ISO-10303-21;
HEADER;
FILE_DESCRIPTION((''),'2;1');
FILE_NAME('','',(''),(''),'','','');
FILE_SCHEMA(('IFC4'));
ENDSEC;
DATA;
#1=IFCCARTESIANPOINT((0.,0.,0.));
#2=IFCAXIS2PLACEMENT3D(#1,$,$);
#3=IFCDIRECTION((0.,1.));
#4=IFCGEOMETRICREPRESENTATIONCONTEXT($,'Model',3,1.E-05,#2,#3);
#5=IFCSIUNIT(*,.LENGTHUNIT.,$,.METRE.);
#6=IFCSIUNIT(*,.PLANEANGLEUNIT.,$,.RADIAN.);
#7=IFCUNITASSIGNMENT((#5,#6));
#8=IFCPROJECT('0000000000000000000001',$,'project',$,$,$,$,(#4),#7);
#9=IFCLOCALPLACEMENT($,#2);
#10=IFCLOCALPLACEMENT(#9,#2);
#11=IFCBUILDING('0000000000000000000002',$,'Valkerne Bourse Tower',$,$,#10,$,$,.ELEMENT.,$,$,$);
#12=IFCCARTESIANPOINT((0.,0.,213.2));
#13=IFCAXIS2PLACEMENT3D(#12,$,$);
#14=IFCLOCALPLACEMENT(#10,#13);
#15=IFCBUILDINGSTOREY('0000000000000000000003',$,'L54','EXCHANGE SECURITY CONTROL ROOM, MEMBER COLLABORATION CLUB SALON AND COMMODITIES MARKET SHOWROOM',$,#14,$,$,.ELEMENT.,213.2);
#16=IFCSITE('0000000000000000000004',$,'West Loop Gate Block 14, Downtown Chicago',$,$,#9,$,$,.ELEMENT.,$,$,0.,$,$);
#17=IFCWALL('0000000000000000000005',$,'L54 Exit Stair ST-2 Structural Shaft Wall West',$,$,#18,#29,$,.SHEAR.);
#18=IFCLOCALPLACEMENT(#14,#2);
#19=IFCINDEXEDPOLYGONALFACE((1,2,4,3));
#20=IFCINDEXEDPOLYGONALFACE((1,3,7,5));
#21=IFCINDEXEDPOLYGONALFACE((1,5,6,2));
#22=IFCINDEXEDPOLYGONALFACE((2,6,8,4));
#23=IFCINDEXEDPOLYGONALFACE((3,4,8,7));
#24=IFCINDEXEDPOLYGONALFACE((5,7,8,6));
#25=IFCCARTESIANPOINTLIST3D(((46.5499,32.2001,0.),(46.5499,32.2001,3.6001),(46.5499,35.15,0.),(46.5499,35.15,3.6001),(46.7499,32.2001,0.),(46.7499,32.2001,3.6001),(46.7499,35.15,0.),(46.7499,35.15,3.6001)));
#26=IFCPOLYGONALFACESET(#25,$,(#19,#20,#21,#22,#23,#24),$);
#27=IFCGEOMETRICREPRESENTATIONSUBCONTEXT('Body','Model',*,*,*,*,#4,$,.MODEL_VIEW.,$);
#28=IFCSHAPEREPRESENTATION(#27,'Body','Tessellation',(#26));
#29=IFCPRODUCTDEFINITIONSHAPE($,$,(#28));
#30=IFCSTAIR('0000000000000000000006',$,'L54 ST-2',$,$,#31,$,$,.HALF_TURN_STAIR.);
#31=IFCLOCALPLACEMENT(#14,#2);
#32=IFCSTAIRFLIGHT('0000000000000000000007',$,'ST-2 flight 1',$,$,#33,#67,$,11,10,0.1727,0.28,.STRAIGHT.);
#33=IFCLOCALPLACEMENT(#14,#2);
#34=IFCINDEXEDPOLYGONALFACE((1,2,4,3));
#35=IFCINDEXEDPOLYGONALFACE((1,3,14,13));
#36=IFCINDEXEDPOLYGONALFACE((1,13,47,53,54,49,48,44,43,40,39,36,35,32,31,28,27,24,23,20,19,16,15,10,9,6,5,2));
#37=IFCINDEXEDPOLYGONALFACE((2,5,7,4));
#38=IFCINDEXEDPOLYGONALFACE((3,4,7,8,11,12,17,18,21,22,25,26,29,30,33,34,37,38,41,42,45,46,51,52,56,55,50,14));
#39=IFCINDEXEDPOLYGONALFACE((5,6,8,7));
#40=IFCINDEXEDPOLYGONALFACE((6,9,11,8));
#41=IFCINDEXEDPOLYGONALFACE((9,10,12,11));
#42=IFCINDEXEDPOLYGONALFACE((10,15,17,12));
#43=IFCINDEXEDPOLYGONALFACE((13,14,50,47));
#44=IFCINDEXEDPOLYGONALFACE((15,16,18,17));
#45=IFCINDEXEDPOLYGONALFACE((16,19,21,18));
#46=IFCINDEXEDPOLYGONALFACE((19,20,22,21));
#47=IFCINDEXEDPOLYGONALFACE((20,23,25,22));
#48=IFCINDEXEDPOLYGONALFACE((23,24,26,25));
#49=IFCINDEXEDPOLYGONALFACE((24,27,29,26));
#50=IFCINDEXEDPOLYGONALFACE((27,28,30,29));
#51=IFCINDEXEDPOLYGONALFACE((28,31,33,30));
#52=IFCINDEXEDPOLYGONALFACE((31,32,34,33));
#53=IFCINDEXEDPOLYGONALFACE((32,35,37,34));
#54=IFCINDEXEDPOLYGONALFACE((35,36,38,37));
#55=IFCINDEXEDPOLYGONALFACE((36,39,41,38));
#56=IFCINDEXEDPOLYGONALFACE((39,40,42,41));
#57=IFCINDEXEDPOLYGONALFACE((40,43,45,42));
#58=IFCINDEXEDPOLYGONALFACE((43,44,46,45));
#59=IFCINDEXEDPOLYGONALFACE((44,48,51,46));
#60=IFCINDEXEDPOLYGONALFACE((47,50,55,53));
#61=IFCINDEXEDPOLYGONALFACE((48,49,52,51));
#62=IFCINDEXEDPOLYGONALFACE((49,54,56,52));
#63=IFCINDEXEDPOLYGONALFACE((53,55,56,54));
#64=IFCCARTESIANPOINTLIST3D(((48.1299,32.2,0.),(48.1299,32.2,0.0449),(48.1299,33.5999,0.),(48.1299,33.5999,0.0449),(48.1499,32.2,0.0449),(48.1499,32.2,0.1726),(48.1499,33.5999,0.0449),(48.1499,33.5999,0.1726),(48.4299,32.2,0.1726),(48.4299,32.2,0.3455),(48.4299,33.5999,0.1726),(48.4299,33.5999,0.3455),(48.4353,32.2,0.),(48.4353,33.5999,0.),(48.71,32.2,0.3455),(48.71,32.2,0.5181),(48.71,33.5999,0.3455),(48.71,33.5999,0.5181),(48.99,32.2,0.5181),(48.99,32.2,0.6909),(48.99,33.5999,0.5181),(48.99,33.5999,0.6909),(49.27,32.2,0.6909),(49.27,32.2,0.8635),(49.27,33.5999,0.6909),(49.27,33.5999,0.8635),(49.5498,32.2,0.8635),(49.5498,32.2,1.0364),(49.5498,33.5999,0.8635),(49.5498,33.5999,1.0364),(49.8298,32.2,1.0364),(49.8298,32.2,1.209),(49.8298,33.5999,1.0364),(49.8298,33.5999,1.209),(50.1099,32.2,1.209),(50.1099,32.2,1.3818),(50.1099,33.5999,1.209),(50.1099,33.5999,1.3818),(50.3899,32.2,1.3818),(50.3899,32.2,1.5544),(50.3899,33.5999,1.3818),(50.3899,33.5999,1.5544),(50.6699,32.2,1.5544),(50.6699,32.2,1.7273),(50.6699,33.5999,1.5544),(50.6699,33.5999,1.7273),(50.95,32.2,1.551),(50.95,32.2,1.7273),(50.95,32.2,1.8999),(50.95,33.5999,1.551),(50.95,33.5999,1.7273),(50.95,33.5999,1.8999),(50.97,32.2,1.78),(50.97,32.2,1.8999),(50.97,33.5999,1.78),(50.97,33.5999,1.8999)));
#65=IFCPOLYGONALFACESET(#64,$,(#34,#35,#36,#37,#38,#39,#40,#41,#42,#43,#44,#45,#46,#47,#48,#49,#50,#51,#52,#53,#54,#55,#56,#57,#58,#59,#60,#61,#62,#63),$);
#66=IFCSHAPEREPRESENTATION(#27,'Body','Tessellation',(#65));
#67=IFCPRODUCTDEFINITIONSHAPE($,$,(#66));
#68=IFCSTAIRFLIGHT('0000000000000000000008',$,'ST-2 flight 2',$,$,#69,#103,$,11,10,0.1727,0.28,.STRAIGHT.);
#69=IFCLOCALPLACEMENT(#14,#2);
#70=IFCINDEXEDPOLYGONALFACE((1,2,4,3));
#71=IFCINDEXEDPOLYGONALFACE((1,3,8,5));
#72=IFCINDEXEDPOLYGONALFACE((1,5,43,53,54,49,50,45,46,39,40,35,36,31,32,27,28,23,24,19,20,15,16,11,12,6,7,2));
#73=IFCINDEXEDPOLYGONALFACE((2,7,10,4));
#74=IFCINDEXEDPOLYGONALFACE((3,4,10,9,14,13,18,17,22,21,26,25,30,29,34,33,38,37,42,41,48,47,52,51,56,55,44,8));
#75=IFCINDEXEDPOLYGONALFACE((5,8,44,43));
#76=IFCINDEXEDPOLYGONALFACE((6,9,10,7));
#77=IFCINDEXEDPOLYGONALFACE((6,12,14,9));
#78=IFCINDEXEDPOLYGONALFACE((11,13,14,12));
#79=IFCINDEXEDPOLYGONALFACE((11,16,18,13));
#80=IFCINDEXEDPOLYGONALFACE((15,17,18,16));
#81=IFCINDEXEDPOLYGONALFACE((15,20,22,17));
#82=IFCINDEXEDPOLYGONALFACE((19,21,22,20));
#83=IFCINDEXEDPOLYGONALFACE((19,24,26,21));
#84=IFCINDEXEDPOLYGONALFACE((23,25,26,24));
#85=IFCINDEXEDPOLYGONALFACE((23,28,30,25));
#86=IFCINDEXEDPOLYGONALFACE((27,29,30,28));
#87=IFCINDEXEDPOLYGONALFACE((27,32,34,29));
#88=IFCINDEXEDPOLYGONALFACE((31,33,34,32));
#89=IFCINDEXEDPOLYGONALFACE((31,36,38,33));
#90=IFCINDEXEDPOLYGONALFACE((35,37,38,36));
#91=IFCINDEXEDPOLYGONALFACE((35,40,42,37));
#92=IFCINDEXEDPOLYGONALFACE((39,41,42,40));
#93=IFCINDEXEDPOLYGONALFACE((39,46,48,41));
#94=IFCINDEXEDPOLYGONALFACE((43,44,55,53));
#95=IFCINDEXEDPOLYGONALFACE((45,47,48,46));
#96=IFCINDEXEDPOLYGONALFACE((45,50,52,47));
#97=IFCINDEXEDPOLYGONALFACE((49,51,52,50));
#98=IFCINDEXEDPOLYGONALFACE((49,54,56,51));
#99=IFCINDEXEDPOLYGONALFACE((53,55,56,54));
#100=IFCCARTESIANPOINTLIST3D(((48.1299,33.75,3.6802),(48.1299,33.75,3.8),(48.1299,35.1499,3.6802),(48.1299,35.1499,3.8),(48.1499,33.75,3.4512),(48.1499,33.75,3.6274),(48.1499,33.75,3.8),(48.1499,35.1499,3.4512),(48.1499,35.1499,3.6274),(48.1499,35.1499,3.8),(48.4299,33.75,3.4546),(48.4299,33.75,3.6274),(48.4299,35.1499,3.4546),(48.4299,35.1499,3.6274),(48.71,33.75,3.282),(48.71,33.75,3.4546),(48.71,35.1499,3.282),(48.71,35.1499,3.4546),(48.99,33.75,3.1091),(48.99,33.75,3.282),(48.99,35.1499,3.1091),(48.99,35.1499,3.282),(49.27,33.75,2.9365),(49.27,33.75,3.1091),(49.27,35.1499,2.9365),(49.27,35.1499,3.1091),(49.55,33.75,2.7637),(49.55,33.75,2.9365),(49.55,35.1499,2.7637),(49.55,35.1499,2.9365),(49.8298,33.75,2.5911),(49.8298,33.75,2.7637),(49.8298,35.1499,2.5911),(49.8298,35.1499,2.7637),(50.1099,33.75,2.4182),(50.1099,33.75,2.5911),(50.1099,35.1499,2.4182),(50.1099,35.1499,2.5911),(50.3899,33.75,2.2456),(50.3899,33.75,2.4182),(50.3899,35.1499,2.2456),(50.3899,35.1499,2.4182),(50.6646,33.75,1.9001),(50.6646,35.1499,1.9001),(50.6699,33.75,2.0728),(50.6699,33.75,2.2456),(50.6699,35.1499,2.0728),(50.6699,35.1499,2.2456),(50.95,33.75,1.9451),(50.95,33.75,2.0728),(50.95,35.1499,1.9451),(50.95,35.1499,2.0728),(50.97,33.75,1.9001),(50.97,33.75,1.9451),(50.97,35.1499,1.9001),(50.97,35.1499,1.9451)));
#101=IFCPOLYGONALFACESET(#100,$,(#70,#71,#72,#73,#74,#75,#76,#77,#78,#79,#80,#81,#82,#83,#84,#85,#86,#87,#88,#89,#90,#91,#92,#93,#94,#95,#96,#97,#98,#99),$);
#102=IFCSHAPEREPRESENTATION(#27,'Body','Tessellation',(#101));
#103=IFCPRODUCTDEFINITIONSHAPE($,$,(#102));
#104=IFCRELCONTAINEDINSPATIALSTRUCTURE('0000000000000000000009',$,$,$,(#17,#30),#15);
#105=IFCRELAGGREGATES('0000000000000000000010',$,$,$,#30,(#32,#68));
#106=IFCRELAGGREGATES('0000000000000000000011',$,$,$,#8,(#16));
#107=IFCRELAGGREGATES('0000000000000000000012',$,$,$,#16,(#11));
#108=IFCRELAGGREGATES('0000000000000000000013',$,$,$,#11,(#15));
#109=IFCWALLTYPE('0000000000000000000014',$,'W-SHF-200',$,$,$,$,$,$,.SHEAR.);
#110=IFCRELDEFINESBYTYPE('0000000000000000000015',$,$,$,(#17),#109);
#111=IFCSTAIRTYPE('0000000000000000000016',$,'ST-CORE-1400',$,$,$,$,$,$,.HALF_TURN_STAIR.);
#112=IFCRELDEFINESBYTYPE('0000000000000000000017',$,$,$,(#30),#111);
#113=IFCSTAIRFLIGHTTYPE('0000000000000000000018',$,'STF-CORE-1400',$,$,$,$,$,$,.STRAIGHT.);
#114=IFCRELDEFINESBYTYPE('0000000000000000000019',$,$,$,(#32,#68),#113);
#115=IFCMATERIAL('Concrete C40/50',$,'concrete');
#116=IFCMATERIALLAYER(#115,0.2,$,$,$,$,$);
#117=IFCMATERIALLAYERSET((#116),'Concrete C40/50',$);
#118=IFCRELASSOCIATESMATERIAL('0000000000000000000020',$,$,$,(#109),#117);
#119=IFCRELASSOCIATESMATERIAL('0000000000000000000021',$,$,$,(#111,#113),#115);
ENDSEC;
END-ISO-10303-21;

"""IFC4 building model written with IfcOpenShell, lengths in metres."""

from ifc_helpers import new_model, si_unit, direction, frame, frame_2d, origin, place, context, subcontext, project, spatial, polyline, rectangle, outline, extrude, material, layer, layer_set, type_object, element, aggregate, save


model = new_model("IFC4")

# Units and contexts
model_context = context("Model", 3, precision=1e-05, world=origin(), true_north=direction((0.0, 1.0)))
body_context = subcontext(model_context, "Body", "Model", "MODEL_VIEW")
ifc_project = project(units=[si_unit("LENGTHUNIT", "METRE"), si_unit("PLANEANGLEUNIT", "RADIAN")], contexts=[model_context])

# Site, building, storey
site_placement = place(None, origin())
site = spatial("IfcSite", under=ifc_project, at=site_placement, Name="West Loop Gate Block 14, Downtown Chicago", CompositionType="ELEMENT", RefElevation=0.0)
building_placement = place(site_placement, origin())
building = spatial("IfcBuilding", under=site, at=building_placement, Name="Valkerne Bourse Tower", CompositionType="ELEMENT")
storey_placement = place(building_placement, frame((0.0, 0.0, 213.2)))
storey = spatial("IfcBuildingStorey", under=building, at=storey_placement, Name="L54", Description="EXCHANGE SECURITY CONTROL ROOM, MEMBER COLLABORATION CLUB SALON AND COMMODITIES MARKET SHOWROOM", CompositionType="ELEMENT", Elevation=213.2)

# Shared definitions
ifc_material_1 = material(Name="Concrete C40/50", Category="concrete")
ifc_layer_1 = layer(ifc_material_1, 0.2)
ifc_layer_set_1 = layer_set([ifc_layer_1], Name="Concrete C40/50")
wall_type_1 = type_object("IfcWallType", Name="W-SHF-200", PredefinedType="SHEAR", material=ifc_layer_set_1)

# Wall
wall_1_placement = place(storey_placement, frame((46.6499, 32.2, 0.0), z_axis=(0.0, 0.0, 1.0), x_axis=(0.0, 1.0, 0.0)))
element("IfcWall", 1, at=wall_1_placement, inside=storey, type_object=wall_type_1, Name="L54 Exit Stair ST-2 Structural Shaft Wall West", PredefinedType="SHEAR", context=body_context, shape_type="SweptSolid", body=[
    extrude(rectangle(XDim=2.95, YDim=0.2, at=frame_2d((1.4751, 0.0))), origin(), (0.0, 0.0, 1.0), 3.6001),
])

# Stair, stair flights
stair_type = type_object("IfcStairType", Name="ST-CORE-1400", PredefinedType="HALF_TURN_STAIR", material=ifc_material_1)
stair_placement = place(storey_placement, origin())
stair = element("IfcStair", 2, at=stair_placement, inside=storey, type_object=stair_type, Name="L54 ST-2", PredefinedType="HALF_TURN_STAIR")
stair_flight_type = type_object("IfcStairFlightType", Name="STF-CORE-1400", PredefinedType="STRAIGHT", material=ifc_material_1)
stair_flight_1_placement = place(storey_placement, frame((48.1499, 32.8999, 0.0), z_axis=(0.0, 0.0, 1.0), x_axis=(1.0, 0.0, 0.0)))
stair_flight_1 = element("IfcStairFlight", 3, at=stair_flight_1_placement, type_object=stair_flight_type, Name="ST-2 flight 1", NumberOfRisers=11, NumberOfTreads=10, PredefinedType="STRAIGHT", RiserHeight=0.1727, TreadLength=0.28, context=body_context, shape_type="SweptSolid", body=[
    extrude(outline(polyline([(-0.02, 0.0), (-0.02, 0.0449), (0.0, 0.0449), (0.0, 0.1726), (0.28, 0.1726), (0.28, 0.3455), (0.5601, 0.3455), (0.5601, 0.5181), (0.8401, 0.5181), (0.8401, 0.6909), (1.1201, 0.6909), (1.1201, 0.8635), (1.3999, 0.8635), (1.3999, 1.0364), (1.6799, 1.0364), (1.6799, 1.209), (1.96, 1.209), (1.96, 1.3818), (2.24, 1.3818), (2.24, 1.5544), (2.52, 1.5544), (2.52, 1.7273), (2.8, 1.7273), (2.8, 1.8999), (2.8201, 1.8999), (2.8201, 1.78), (2.8, 1.551), (0.2854, 0.0), (-0.02, 0.0)])), frame((0.0, 0.7, 0.0), z_axis=(0.0, -1.0, 0.0), x_axis=(1.0, 0.0, 0.0)), (0.0, 0.0, 1.0), 1.3999),
])
stair_flight_2_placement = place(storey_placement, frame((50.95, 34.45, 1.9001), z_axis=(0.0, 0.0, 1.0), x_axis=(-1.0, 0.0, 0.0)))
stair_flight_2 = element("IfcStairFlight", 4, at=stair_flight_2_placement, type_object=stair_flight_type, Name="ST-2 flight 2", NumberOfRisers=11, NumberOfTreads=10, PredefinedType="STRAIGHT", RiserHeight=0.1727, TreadLength=0.28, context=body_context, shape_type="SweptSolid", body=[
    extrude(outline(polyline([(-0.02, 0.0), (-0.02, 0.0449), (0.0, 0.0449), (0.0, 0.1726), (0.28, 0.1726), (0.28, 0.3455), (0.5601, 0.3455), (0.5601, 0.5181), (0.8401, 0.5181), (0.8401, 0.6909), (1.1201, 0.6909), (1.1201, 0.8635), (1.3999, 0.8635), (1.3999, 1.0364), (1.6799, 1.0364), (1.6799, 1.209), (1.96, 1.209), (1.96, 1.3818), (2.24, 1.3818), (2.24, 1.5544), (2.52, 1.5544), (2.52, 1.7273), (2.8, 1.7273), (2.8, 1.8999), (2.8201, 1.8999), (2.8201, 1.78), (2.8, 1.551), (0.2854, 0.0), (-0.02, 0.0)])), frame((0.0, 0.7, 0.0), z_axis=(0.0, -1.0, 0.0), x_axis=(1.0, 0.0, 0.0)), (0.0, 0.0, 1.0), 1.3999),
])
aggregate(stair, [stair_flight_1, stair_flight_2])

save(model, "model.ifc")
